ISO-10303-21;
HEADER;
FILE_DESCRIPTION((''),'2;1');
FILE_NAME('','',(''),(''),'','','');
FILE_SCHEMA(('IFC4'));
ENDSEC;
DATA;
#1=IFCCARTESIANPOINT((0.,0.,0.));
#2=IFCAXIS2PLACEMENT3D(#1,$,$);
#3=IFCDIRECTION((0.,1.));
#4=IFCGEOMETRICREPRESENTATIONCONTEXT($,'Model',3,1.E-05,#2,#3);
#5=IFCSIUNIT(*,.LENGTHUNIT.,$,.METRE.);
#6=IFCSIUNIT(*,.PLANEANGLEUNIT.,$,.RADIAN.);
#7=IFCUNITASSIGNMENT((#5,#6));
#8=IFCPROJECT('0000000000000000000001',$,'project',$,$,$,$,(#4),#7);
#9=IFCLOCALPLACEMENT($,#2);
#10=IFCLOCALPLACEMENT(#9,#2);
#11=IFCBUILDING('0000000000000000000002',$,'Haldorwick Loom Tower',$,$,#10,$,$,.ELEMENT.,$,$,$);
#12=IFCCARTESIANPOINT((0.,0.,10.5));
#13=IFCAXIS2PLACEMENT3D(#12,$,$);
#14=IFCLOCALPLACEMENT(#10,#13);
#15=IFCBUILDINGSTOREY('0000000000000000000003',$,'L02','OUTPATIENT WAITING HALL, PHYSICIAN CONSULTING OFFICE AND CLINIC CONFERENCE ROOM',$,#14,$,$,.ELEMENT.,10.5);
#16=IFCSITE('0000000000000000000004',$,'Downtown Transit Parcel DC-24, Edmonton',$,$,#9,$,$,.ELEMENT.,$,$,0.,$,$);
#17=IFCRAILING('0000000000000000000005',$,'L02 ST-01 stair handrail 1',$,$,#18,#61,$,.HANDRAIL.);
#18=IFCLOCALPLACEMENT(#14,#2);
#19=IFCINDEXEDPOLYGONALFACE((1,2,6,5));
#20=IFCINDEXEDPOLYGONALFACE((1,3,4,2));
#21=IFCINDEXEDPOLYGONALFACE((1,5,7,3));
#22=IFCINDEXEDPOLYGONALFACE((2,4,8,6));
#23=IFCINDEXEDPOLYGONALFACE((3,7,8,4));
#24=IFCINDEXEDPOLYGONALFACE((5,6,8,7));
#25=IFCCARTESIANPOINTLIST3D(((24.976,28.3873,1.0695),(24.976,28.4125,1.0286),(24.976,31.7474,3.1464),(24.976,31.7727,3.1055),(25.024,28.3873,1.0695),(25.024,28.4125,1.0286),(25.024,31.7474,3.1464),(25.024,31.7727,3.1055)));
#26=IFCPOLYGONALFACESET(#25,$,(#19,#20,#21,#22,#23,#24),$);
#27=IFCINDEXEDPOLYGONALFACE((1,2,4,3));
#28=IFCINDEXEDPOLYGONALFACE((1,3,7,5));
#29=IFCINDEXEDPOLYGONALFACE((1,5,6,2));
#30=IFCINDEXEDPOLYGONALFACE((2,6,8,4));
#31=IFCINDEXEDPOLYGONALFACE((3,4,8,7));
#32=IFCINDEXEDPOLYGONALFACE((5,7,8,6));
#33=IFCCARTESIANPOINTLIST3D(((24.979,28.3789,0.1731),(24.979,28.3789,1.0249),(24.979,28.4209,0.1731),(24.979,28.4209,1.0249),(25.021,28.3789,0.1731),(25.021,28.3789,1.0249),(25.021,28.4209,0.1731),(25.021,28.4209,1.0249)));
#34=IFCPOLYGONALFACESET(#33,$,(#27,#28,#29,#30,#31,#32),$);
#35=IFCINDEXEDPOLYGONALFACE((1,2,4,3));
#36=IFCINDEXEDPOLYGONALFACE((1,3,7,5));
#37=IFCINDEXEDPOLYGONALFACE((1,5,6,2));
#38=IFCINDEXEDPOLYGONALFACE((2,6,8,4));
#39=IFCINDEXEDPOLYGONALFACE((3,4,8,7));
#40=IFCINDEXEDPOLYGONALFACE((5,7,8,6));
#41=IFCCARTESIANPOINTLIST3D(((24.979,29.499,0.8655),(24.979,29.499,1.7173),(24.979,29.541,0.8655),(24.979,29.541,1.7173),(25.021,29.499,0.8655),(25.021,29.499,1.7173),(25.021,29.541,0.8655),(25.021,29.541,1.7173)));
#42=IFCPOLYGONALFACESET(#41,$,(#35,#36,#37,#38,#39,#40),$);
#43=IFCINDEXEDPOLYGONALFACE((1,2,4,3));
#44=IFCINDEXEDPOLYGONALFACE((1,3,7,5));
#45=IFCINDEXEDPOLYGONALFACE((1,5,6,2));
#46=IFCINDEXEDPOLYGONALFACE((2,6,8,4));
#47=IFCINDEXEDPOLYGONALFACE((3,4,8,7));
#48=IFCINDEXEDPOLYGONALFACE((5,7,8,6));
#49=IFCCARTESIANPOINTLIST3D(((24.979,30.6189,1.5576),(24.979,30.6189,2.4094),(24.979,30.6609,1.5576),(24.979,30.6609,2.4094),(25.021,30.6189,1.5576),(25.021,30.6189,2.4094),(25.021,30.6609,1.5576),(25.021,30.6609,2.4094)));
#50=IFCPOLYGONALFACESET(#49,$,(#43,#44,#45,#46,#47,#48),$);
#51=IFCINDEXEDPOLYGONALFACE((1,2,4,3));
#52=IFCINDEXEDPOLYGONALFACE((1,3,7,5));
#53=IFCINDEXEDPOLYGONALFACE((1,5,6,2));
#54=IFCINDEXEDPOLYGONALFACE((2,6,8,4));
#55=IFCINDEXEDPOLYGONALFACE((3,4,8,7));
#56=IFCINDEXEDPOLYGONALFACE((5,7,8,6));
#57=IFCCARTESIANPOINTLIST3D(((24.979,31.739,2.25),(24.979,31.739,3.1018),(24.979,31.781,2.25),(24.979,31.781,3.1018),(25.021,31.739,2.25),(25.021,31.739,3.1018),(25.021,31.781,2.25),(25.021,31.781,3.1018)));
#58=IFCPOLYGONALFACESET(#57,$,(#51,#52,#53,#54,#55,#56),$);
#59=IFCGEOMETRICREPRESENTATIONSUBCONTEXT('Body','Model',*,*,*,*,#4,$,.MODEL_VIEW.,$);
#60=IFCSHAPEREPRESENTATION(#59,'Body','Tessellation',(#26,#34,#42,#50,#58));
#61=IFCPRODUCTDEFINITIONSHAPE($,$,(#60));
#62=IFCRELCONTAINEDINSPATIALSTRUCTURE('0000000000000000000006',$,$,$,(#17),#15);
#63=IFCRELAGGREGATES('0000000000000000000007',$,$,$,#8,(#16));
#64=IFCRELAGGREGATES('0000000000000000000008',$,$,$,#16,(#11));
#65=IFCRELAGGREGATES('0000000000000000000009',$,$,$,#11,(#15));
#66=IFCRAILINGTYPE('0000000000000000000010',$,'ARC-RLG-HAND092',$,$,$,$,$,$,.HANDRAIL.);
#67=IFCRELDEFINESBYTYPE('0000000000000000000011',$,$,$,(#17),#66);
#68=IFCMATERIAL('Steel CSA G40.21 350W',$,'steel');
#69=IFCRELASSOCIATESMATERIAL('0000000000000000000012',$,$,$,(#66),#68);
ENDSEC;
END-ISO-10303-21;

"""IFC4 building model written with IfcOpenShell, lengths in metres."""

from ifc_helpers import new_model, si_unit, direction, frame, origin, origin_2d, place, context, subcontext, project, spatial, rectangle, extrude, material, type_object, element, save


model = new_model("IFC4")

# Units and contexts
model_context = context("Model", 3, precision=1e-05, world=origin(), true_north=direction((0.0, 1.0)))
body_context = subcontext(model_context, "Body", "Model", "MODEL_VIEW")
ifc_project = project(units=[si_unit("LENGTHUNIT", "METRE"), si_unit("PLANEANGLEUNIT", "RADIAN")], contexts=[model_context])

# Site, building, storey
site_placement = place(None, origin())
site = spatial("IfcSite", under=ifc_project, at=site_placement, Name="Downtown Transit Parcel DC-24, Edmonton", CompositionType="ELEMENT", RefElevation=0.0)
building_placement = place(site_placement, origin())
building = spatial("IfcBuilding", under=site, at=building_placement, Name="Haldorwick Loom Tower", CompositionType="ELEMENT")
storey_placement = place(building_placement, frame((0.0, 0.0, 10.5)))
storey = spatial("IfcBuildingStorey", under=building, at=storey_placement, Name="L02", Description="OUTPATIENT WAITING HALL, PHYSICIAN CONSULTING OFFICE AND CLINIC CONFERENCE ROOM", CompositionType="ELEMENT", Elevation=10.5)

# Shared definitions
ifc_material_1 = material(Name="Steel CSA G40.21 350W", Category="steel")

# Railing
railing_type_1 = type_object("IfcRailingType", Name="ARC-RLG-HAND092", PredefinedType="HANDRAIL", material=ifc_material_1)
railing_1_placement = place(storey_placement, frame((25.0, 28.3999, 0.1731)))
element("IfcRailing", 1, at=railing_1_placement, inside=storey, type_object=railing_type_1, Name="L02 ST-01 stair handrail 1", PredefinedType="HANDRAIL", context=body_context, shape_type="SweptSolid", body=[
    extrude(rectangle(XDim=0.0481, YDim=0.0481, at=origin_2d()), frame((0.0, 0.0, 0.876), z_axis=(0.0, 0.850623, 0.525776), x_axis=(-1.0, 0.0, 0.0)), (0.0, 0.0, 1.0), 3.9502),
    extrude(rectangle(XDim=0.042, YDim=0.042, at=origin_2d()), origin(), (0.0, 0.0, 1.0), 0.8518),
    extrude(rectangle(XDim=0.042, YDim=0.042, at=origin_2d()), frame((0.0, 1.1201, 0.6924)), (0.0, 0.0, 1.0), 0.8518),
    extrude(rectangle(XDim=0.042, YDim=0.042, at=origin_2d()), frame((0.0, 2.24, 1.3845)), (0.0, 0.0, 1.0), 0.8518),
    extrude(rectangle(XDim=0.042, YDim=0.042, at=origin_2d()), frame((0.0, 3.3601, 2.0769)), (0.0, 0.0, 1.0), 0.8518),
])

save(model, "model.ifc")
